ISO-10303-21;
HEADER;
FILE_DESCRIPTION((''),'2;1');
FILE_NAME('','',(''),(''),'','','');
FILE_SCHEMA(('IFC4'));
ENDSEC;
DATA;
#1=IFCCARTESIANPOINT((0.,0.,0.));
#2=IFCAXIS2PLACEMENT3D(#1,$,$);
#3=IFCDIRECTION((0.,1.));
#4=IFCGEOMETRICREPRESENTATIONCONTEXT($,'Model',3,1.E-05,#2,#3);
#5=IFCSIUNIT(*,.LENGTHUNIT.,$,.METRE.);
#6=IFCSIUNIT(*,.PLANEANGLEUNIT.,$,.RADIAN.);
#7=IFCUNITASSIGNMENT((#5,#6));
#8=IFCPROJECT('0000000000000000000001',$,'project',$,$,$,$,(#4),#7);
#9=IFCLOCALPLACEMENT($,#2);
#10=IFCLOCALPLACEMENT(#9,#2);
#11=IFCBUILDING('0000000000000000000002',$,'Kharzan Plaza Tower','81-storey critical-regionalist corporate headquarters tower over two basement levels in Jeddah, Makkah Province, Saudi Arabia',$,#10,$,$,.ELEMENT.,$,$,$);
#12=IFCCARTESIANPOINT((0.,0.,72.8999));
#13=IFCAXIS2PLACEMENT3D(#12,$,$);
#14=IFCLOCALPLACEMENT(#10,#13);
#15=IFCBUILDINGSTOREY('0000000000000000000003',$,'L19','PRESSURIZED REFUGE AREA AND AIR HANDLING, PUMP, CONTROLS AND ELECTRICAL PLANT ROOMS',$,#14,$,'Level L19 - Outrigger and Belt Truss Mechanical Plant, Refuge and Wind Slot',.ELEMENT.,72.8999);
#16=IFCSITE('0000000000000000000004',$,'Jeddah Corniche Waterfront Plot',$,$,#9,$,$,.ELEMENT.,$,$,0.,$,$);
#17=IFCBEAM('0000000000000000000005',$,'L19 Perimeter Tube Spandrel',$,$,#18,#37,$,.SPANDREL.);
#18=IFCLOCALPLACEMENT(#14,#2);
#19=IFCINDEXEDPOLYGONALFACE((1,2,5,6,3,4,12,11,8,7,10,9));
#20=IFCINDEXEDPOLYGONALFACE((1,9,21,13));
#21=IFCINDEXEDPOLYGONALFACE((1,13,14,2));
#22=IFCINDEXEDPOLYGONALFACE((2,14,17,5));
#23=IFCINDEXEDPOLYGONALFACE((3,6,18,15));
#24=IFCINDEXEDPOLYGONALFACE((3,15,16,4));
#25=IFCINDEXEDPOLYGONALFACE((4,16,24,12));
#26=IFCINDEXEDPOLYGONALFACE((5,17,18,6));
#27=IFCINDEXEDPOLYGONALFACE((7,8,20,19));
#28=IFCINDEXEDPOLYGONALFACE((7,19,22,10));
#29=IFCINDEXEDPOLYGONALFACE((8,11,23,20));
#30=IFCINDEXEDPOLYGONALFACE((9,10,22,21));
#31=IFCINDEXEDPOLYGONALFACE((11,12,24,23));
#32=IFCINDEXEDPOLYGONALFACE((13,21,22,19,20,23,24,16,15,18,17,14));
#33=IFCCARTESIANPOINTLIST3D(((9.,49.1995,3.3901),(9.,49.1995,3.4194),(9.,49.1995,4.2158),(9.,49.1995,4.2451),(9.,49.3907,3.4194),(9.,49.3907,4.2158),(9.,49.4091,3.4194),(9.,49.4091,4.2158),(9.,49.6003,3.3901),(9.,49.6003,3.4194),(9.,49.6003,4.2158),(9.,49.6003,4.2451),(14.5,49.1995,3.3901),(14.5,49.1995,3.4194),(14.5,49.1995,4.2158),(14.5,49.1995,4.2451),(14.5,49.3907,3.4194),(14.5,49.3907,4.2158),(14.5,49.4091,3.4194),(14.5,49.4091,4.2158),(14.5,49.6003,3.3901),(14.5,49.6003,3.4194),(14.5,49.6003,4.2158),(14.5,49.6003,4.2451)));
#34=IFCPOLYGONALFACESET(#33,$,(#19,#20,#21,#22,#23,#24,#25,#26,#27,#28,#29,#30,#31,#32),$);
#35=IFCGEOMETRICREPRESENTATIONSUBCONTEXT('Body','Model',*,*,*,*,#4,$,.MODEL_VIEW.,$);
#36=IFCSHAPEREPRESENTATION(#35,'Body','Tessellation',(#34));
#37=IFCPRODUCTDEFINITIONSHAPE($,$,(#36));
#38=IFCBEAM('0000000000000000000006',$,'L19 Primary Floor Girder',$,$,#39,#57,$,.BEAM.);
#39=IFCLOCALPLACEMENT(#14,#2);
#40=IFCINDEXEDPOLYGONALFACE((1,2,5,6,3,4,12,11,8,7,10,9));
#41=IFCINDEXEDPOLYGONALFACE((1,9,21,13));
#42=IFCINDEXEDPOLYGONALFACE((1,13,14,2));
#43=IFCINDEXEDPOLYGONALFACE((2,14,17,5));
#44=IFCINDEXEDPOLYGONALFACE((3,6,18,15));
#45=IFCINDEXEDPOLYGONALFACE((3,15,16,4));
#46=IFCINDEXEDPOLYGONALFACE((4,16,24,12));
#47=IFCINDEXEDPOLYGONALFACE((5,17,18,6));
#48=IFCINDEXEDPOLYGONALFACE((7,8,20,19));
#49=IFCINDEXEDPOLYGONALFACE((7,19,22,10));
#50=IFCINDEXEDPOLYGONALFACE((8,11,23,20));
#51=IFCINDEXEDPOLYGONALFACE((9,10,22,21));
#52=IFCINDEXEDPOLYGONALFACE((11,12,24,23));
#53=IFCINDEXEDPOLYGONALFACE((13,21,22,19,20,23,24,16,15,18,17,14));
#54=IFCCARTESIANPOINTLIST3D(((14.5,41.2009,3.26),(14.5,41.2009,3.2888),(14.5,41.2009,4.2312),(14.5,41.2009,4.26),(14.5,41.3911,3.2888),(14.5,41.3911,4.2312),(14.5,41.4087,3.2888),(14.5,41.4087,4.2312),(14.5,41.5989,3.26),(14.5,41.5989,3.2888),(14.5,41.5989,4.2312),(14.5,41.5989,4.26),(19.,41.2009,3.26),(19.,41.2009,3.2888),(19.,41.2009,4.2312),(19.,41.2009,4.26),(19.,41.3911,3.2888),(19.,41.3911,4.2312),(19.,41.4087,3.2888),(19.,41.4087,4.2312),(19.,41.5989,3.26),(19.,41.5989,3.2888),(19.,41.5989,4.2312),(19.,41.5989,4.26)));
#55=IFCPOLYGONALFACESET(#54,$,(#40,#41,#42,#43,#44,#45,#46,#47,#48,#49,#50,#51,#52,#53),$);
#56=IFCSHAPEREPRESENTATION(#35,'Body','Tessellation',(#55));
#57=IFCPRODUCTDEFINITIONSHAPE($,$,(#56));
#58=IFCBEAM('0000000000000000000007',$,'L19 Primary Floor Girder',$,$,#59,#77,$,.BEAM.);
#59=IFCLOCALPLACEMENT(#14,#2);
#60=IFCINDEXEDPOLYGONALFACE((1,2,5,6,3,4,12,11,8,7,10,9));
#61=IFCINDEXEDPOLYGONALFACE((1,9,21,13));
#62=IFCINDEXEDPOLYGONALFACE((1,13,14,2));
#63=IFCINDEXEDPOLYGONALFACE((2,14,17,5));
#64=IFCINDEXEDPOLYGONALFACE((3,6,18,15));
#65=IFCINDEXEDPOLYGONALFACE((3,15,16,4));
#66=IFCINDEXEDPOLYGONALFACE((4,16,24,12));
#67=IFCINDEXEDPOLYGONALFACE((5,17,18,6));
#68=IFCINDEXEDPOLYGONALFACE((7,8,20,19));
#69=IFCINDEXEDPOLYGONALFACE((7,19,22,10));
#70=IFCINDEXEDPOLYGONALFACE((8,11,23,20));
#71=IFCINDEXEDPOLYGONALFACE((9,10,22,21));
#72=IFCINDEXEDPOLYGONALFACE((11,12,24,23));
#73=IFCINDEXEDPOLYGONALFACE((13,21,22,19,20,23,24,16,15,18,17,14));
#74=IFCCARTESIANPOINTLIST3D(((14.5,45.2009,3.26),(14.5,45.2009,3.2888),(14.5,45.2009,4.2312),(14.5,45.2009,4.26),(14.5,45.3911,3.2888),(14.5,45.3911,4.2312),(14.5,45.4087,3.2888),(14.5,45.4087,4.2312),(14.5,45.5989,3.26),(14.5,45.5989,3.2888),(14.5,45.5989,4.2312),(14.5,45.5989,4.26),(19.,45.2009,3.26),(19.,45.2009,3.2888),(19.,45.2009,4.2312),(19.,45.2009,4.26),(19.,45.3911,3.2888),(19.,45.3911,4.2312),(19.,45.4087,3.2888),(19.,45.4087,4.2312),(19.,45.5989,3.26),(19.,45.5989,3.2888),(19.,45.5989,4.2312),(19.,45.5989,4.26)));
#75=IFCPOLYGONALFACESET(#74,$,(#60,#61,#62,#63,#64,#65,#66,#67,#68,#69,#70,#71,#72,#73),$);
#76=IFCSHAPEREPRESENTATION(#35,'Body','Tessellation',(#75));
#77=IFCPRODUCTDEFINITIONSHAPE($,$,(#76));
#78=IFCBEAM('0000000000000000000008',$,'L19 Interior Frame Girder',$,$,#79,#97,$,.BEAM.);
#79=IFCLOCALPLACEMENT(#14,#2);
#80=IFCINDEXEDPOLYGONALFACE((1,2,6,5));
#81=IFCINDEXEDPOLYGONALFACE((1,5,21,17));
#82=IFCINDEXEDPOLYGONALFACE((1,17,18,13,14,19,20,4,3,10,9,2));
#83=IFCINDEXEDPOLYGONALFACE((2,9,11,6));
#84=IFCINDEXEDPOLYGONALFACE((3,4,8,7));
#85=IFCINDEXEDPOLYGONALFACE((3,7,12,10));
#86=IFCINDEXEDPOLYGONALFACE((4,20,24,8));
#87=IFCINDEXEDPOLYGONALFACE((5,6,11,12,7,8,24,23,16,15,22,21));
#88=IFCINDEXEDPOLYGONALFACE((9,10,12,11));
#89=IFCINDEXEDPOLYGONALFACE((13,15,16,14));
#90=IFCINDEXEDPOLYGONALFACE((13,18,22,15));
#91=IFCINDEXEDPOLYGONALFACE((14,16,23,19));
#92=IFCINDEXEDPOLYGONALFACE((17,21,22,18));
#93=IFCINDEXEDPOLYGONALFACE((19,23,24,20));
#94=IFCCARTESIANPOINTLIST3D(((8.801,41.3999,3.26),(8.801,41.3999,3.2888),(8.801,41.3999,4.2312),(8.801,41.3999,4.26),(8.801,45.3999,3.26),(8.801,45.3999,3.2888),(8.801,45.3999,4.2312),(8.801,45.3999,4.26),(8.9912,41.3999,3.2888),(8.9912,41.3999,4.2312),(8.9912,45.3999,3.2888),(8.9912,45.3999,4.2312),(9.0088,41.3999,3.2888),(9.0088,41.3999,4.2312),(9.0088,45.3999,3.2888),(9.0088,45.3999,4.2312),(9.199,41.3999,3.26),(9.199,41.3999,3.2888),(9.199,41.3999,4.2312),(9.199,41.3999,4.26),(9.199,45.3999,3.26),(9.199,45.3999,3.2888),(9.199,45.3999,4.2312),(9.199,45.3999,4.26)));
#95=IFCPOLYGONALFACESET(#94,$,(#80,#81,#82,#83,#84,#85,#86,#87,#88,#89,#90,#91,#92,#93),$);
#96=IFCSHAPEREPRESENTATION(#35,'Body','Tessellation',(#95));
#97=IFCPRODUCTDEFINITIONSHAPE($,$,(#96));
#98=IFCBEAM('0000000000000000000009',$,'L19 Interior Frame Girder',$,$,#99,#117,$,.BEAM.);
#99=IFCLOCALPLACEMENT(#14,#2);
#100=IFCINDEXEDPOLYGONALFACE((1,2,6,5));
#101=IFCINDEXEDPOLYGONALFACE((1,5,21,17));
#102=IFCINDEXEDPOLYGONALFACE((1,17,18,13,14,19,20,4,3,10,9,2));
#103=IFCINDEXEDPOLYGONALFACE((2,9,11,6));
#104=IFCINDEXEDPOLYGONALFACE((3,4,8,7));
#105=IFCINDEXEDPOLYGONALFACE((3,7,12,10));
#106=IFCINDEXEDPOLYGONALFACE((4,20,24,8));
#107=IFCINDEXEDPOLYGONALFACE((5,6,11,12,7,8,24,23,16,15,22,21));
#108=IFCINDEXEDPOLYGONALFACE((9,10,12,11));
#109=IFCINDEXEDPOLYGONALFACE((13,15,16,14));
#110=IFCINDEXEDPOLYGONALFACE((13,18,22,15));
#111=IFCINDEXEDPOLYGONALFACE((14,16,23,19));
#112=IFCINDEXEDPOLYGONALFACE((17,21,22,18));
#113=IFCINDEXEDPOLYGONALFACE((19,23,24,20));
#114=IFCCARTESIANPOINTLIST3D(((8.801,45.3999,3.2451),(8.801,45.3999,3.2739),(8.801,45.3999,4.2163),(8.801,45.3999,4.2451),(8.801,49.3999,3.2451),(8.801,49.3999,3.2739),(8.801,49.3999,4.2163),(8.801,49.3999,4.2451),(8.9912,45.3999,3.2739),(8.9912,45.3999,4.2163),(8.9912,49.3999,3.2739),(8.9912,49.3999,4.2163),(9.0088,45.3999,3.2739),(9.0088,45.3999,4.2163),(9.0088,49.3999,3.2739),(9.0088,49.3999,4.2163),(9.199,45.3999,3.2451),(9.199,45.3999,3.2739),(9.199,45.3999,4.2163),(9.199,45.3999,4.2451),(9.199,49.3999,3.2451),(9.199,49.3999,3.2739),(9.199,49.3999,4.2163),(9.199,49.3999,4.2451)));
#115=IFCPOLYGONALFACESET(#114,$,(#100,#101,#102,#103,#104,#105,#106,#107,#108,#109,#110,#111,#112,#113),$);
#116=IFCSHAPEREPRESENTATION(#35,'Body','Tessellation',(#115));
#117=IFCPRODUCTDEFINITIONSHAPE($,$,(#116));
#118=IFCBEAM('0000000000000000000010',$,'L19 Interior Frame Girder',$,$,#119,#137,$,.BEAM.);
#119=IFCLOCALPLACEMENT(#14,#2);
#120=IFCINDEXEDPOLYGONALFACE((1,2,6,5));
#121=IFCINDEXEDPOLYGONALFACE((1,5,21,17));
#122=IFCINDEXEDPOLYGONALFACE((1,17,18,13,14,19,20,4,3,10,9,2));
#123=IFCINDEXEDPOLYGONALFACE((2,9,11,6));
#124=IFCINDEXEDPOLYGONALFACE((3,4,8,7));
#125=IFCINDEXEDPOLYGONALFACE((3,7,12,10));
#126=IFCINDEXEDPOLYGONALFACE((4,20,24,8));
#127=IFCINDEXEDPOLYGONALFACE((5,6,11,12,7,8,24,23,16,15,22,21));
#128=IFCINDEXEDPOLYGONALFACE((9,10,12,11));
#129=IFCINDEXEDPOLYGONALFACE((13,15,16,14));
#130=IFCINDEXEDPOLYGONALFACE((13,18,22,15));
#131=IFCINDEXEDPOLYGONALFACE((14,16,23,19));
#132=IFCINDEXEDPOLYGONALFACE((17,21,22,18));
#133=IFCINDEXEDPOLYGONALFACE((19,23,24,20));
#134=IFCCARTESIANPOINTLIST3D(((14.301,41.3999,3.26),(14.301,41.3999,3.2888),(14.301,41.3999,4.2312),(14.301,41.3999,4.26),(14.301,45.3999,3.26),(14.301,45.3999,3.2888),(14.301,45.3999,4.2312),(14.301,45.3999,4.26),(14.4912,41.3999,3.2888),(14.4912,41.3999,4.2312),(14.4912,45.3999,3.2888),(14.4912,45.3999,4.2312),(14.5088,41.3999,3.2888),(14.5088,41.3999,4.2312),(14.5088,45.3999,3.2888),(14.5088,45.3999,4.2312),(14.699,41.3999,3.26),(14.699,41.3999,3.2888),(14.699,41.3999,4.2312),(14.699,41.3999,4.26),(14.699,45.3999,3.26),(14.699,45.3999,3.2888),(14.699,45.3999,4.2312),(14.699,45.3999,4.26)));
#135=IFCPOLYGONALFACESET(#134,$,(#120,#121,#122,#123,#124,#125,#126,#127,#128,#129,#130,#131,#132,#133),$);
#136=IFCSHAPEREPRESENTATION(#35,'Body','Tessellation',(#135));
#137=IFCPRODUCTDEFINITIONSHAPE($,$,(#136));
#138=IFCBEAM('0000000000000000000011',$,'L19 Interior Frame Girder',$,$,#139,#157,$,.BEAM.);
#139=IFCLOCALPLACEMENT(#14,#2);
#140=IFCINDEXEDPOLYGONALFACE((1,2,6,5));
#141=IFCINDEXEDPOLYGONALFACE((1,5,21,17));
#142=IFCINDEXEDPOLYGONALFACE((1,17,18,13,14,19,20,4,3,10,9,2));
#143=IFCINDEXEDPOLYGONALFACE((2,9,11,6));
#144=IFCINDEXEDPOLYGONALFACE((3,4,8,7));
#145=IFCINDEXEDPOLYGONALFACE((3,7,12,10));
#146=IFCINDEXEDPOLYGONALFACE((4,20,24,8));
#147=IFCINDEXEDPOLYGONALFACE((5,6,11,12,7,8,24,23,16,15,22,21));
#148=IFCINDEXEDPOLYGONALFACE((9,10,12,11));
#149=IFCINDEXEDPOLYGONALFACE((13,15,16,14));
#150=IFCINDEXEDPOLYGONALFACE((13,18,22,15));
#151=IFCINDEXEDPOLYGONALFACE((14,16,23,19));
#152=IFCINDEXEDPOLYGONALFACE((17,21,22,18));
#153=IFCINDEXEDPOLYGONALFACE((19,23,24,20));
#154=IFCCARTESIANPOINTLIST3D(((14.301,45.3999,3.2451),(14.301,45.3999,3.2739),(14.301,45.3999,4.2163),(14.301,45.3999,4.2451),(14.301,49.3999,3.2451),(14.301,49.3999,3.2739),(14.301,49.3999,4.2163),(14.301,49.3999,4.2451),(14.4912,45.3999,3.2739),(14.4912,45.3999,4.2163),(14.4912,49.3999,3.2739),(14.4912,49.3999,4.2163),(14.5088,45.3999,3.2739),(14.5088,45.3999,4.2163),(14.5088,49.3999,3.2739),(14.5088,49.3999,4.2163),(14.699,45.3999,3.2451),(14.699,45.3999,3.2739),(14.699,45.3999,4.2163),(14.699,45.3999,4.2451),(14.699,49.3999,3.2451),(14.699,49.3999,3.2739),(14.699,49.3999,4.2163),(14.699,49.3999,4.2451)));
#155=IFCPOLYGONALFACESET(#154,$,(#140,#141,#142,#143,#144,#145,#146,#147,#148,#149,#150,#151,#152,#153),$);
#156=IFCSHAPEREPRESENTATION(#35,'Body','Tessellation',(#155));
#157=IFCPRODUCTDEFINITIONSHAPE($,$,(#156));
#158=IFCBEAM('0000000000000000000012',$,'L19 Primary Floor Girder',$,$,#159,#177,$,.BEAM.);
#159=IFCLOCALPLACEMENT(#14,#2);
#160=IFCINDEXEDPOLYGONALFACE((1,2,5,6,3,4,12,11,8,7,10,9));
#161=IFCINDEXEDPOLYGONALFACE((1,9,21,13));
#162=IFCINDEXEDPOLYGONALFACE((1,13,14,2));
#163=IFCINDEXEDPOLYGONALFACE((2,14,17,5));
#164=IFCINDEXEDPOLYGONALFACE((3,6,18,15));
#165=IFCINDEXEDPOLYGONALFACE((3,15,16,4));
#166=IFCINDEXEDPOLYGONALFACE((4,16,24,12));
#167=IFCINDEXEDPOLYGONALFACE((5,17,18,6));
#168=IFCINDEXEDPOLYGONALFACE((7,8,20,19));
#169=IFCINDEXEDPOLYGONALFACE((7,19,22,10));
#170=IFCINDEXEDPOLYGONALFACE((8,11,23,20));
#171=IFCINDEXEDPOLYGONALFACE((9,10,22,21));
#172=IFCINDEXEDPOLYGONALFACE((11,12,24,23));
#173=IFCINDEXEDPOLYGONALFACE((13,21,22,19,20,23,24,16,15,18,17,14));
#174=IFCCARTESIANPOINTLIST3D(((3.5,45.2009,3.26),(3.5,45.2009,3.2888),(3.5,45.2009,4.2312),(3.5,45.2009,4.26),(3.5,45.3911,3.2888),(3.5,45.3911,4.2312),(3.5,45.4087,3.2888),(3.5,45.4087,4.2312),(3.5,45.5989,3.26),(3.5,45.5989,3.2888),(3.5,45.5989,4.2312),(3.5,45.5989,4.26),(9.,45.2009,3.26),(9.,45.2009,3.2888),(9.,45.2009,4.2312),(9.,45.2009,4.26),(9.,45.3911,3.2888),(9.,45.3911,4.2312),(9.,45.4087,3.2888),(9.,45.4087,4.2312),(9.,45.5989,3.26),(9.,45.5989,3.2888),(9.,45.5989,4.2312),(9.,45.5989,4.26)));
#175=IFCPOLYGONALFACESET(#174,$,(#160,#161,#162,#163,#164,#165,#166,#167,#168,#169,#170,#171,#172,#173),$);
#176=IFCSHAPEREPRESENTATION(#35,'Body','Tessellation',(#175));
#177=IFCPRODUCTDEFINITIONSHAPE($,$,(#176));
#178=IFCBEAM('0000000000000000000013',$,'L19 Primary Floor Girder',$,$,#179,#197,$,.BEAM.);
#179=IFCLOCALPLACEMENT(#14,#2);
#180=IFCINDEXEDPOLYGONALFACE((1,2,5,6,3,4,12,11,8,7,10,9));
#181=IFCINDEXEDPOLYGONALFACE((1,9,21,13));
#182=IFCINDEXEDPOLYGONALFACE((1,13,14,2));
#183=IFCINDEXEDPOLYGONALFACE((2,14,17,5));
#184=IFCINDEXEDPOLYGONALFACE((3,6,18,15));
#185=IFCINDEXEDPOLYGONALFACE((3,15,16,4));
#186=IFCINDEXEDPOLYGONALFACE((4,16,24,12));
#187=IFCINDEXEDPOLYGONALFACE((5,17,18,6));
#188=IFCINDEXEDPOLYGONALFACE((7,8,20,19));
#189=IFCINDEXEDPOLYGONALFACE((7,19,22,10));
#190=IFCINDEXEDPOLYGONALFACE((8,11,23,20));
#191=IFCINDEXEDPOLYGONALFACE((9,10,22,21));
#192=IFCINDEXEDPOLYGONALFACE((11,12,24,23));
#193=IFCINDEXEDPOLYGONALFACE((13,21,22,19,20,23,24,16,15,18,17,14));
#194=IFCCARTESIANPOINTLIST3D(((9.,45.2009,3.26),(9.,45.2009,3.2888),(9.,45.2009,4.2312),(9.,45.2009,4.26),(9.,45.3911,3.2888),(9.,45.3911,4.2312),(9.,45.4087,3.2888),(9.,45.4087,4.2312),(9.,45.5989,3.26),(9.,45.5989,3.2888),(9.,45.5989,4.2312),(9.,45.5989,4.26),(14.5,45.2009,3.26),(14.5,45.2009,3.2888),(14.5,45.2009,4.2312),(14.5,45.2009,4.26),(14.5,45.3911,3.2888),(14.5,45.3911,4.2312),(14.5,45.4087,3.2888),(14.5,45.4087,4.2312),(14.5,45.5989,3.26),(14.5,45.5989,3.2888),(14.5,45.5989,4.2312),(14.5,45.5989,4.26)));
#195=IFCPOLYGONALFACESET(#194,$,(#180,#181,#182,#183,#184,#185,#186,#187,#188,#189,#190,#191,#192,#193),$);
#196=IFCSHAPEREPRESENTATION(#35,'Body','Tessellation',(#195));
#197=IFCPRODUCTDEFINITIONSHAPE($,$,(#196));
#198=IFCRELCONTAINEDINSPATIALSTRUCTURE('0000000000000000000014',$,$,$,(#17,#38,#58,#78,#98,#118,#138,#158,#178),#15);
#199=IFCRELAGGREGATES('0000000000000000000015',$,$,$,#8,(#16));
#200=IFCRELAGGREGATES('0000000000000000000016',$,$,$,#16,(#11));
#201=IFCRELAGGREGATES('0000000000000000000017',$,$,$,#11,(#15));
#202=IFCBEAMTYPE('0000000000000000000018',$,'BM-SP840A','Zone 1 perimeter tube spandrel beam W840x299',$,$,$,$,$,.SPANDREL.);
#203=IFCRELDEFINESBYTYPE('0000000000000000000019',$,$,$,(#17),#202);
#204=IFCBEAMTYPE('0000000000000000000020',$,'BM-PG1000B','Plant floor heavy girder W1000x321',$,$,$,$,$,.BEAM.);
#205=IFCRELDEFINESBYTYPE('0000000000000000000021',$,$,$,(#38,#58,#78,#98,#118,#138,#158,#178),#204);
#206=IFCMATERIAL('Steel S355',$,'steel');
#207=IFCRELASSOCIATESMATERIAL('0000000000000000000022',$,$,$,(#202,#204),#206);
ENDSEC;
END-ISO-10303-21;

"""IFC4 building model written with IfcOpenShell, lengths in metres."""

from ifc_helpers import new_model, si_unit, direction, frame, origin, origin_2d, place, context, subcontext, project, spatial, i_section, extrude, source, transform, mapped, material, material_profile, profile_set, type_object, element, save


model = new_model("IFC4")

# Units and contexts
model_context = context("Model", 3, precision=1e-05, world=origin(), true_north=direction((0.0, 1.0)))
body_context = subcontext(model_context, "Body", "Model", "MODEL_VIEW")
ifc_project = project(units=[si_unit("LENGTHUNIT", "METRE"), si_unit("PLANEANGLEUNIT", "RADIAN")], contexts=[model_context])

# Site, building, storey
site_placement = place(None, origin())
site = spatial("IfcSite", under=ifc_project, at=site_placement, Name="Jeddah Corniche Waterfront Plot", CompositionType="ELEMENT", RefElevation=0.0)
building_placement = place(site_placement, origin())
building = spatial("IfcBuilding", under=site, at=building_placement, Name="Kharzan Plaza Tower", Description="81-storey critical-regionalist corporate headquarters tower over two basement levels in Jeddah, Makkah Province, Saudi Arabia", CompositionType="ELEMENT")
storey_placement = place(building_placement, frame((0.0, 0.0, 72.8999)))
storey = spatial("IfcBuildingStorey", under=building, at=storey_placement, Name="L19", Description="PRESSURIZED REFUGE AREA AND AIR HANDLING, PUMP, CONTROLS AND ELECTRICAL PLANT ROOMS", LongName="Level L19 - Outrigger and Belt Truss Mechanical Plant, Refuge and Wind Slot", CompositionType="ELEMENT", Elevation=72.8999)

# Beams
ifc_material_1 = material(Name="Steel S355", Category="steel")
ifc_material_profile_1 = material_profile(ifc_material_1, i_section(OverallWidth=0.4009, OverallDepth=0.855, WebThickness=0.0183, FlangeThickness=0.0293, at=origin_2d()), Name="W840x299")
ifc_profile_set_1 = profile_set([ifc_material_profile_1], Name="Steel S355")
beam_type_1 = type_object("IfcBeamType", Name="BM-SP840A", Description="Zone 1 perimeter tube spandrel beam W840x299", PredefinedType="SPANDREL", material=ifc_profile_set_1)
shared_shape_1 = source(origin(), body_context, "Body", "SweptSolid", [
    extrude(i_section(OverallWidth=0.4009, OverallDepth=0.855, WebThickness=0.0183, FlangeThickness=0.0293, at=origin_2d()), origin(), (0.0, 0.0, 1.0), 5.5),
])
for number, where, z_axis, x_axis, name in (
    (1, (9.0, 49.3999, 3.8176), (1.0, 0.0, 0.0), (0.0, 1.0, 0.0), "L19 Perimeter Tube Spandrel"),
):
    element("IfcBeam", number, at=place(storey_placement, frame(where, z_axis=z_axis, x_axis=x_axis)), inside=storey, type_object=beam_type_1, Name=name, PredefinedType="SPANDREL", context=body_context, shape_type="MappedRepresentation", body=[
        mapped(shared_shape_1, transform((0.0, 0.0, 0.0), x_axis=(1.0, 0.0, 0.0), y_axis=(0.0, 1.0, 0.0), z_axis=(0.0, 0.0, 1.0))),
    ])
ifc_material_profile_2 = material_profile(ifc_material_1, i_section(OverallWidth=0.3979, OverallDepth=1.0, WebThickness=0.0176, FlangeThickness=0.0288, at=origin_2d()), Name="W1000x321")
ifc_profile_set_2 = profile_set([ifc_material_profile_2], Name="Steel S355")
beam_type_2 = type_object("IfcBeamType", Name="BM-PG1000B", Description="Plant floor heavy girder W1000x321", PredefinedType="BEAM", material=ifc_profile_set_2)
shared_shape_2 = source(origin(), body_context, "Body", "SweptSolid", [
    extrude(i_section(OverallWidth=0.3979, OverallDepth=1.0, WebThickness=0.0176, FlangeThickness=0.0288, at=origin_2d()), origin(), (0.0, 0.0, 1.0), 4.5),
])
for number, where, z_axis, x_axis, name in (
    (2, (14.5, 41.3999, 3.76), (1.0, 0.0, 0.0), (0.0, 1.0, 0.0), "L19 Primary Floor Girder"),
    (3, (14.5, 45.3999, 3.76), (1.0, 0.0, 0.0), (0.0, 1.0, 0.0), "L19 Primary Floor Girder"),
):
    element("IfcBeam", number, at=place(storey_placement, frame(where, z_axis=z_axis, x_axis=x_axis)), inside=storey, type_object=beam_type_2, Name=name, PredefinedType="BEAM", context=body_context, shape_type="MappedRepresentation", body=[
        mapped(shared_shape_2, transform((0.0, 0.0, 0.0), x_axis=(1.0, 0.0, 0.0), y_axis=(0.0, 1.0, 0.0), z_axis=(0.0, 0.0, 1.0))),
    ])
shared_shape_3 = source(origin(), body_context, "Body", "SweptSolid", [
    extrude(i_section(OverallWidth=0.3979, OverallDepth=1.0, WebThickness=0.0176, FlangeThickness=0.0288, at=origin_2d()), origin(), (0.0, 0.0, 1.0), 4.0),
])
for number, where, z_axis, x_axis, name in (
    (4, (9.0, 41.3999, 3.76), (0.0, 1.0, 0.0), (-1.0, 0.0, 0.0), "L19 Interior Frame Girder"),
    (5, (9.0, 45.3999, 3.7451), (0.0, 1.0, 0.0), (-1.0, 0.0, 0.0), "L19 Interior Frame Girder"),
    (6, (14.5, 41.3999, 3.76), (0.0, 1.0, 0.0), (-1.0, 0.0, 0.0), "L19 Interior Frame Girder"),
    (7, (14.5, 45.3999, 3.7451), (0.0, 1.0, 0.0), (-1.0, 0.0, 0.0), "L19 Interior Frame Girder"),
):
    element("IfcBeam", number, at=place(storey_placement, frame(where, z_axis=z_axis, x_axis=x_axis)), inside=storey, type_object=beam_type_2, Name=name, PredefinedType="BEAM", context=body_context, shape_type="MappedRepresentation", body=[
        mapped(shared_shape_3, transform((0.0, 0.0, 0.0), x_axis=(1.0, 0.0, 0.0), y_axis=(0.0, 1.0, 0.0), z_axis=(0.0, 0.0, 1.0))),
    ])
shared_shape_4 = source(origin(), body_context, "Body", "SweptSolid", [
    extrude(i_section(OverallWidth=0.3979, OverallDepth=1.0, WebThickness=0.0176, FlangeThickness=0.0288, at=origin_2d()), origin(), (0.0, 0.0, 1.0), 5.5),
])
for number, where, z_axis, x_axis, name in (
    (8, (3.5, 45.3999, 3.76), (1.0, 0.0, 0.0), (0.0, 1.0, 0.0), "L19 Primary Floor Girder"),
    (9, (9.0, 45.3999, 3.76), (1.0, 0.0, 0.0), (0.0, 1.0, 0.0), "L19 Primary Floor Girder"),
):
    element("IfcBeam", number, at=place(storey_placement, frame(where, z_axis=z_axis, x_axis=x_axis)), inside=storey, type_object=beam_type_2, Name=name, PredefinedType="BEAM", context=body_context, shape_type="MappedRepresentation", body=[
        mapped(shared_shape_4, transform((0.0, 0.0, 0.0), x_axis=(1.0, 0.0, 0.0), y_axis=(0.0, 1.0, 0.0), z_axis=(0.0, 0.0, 1.0))),
    ])

save(model, "model.ifc")
